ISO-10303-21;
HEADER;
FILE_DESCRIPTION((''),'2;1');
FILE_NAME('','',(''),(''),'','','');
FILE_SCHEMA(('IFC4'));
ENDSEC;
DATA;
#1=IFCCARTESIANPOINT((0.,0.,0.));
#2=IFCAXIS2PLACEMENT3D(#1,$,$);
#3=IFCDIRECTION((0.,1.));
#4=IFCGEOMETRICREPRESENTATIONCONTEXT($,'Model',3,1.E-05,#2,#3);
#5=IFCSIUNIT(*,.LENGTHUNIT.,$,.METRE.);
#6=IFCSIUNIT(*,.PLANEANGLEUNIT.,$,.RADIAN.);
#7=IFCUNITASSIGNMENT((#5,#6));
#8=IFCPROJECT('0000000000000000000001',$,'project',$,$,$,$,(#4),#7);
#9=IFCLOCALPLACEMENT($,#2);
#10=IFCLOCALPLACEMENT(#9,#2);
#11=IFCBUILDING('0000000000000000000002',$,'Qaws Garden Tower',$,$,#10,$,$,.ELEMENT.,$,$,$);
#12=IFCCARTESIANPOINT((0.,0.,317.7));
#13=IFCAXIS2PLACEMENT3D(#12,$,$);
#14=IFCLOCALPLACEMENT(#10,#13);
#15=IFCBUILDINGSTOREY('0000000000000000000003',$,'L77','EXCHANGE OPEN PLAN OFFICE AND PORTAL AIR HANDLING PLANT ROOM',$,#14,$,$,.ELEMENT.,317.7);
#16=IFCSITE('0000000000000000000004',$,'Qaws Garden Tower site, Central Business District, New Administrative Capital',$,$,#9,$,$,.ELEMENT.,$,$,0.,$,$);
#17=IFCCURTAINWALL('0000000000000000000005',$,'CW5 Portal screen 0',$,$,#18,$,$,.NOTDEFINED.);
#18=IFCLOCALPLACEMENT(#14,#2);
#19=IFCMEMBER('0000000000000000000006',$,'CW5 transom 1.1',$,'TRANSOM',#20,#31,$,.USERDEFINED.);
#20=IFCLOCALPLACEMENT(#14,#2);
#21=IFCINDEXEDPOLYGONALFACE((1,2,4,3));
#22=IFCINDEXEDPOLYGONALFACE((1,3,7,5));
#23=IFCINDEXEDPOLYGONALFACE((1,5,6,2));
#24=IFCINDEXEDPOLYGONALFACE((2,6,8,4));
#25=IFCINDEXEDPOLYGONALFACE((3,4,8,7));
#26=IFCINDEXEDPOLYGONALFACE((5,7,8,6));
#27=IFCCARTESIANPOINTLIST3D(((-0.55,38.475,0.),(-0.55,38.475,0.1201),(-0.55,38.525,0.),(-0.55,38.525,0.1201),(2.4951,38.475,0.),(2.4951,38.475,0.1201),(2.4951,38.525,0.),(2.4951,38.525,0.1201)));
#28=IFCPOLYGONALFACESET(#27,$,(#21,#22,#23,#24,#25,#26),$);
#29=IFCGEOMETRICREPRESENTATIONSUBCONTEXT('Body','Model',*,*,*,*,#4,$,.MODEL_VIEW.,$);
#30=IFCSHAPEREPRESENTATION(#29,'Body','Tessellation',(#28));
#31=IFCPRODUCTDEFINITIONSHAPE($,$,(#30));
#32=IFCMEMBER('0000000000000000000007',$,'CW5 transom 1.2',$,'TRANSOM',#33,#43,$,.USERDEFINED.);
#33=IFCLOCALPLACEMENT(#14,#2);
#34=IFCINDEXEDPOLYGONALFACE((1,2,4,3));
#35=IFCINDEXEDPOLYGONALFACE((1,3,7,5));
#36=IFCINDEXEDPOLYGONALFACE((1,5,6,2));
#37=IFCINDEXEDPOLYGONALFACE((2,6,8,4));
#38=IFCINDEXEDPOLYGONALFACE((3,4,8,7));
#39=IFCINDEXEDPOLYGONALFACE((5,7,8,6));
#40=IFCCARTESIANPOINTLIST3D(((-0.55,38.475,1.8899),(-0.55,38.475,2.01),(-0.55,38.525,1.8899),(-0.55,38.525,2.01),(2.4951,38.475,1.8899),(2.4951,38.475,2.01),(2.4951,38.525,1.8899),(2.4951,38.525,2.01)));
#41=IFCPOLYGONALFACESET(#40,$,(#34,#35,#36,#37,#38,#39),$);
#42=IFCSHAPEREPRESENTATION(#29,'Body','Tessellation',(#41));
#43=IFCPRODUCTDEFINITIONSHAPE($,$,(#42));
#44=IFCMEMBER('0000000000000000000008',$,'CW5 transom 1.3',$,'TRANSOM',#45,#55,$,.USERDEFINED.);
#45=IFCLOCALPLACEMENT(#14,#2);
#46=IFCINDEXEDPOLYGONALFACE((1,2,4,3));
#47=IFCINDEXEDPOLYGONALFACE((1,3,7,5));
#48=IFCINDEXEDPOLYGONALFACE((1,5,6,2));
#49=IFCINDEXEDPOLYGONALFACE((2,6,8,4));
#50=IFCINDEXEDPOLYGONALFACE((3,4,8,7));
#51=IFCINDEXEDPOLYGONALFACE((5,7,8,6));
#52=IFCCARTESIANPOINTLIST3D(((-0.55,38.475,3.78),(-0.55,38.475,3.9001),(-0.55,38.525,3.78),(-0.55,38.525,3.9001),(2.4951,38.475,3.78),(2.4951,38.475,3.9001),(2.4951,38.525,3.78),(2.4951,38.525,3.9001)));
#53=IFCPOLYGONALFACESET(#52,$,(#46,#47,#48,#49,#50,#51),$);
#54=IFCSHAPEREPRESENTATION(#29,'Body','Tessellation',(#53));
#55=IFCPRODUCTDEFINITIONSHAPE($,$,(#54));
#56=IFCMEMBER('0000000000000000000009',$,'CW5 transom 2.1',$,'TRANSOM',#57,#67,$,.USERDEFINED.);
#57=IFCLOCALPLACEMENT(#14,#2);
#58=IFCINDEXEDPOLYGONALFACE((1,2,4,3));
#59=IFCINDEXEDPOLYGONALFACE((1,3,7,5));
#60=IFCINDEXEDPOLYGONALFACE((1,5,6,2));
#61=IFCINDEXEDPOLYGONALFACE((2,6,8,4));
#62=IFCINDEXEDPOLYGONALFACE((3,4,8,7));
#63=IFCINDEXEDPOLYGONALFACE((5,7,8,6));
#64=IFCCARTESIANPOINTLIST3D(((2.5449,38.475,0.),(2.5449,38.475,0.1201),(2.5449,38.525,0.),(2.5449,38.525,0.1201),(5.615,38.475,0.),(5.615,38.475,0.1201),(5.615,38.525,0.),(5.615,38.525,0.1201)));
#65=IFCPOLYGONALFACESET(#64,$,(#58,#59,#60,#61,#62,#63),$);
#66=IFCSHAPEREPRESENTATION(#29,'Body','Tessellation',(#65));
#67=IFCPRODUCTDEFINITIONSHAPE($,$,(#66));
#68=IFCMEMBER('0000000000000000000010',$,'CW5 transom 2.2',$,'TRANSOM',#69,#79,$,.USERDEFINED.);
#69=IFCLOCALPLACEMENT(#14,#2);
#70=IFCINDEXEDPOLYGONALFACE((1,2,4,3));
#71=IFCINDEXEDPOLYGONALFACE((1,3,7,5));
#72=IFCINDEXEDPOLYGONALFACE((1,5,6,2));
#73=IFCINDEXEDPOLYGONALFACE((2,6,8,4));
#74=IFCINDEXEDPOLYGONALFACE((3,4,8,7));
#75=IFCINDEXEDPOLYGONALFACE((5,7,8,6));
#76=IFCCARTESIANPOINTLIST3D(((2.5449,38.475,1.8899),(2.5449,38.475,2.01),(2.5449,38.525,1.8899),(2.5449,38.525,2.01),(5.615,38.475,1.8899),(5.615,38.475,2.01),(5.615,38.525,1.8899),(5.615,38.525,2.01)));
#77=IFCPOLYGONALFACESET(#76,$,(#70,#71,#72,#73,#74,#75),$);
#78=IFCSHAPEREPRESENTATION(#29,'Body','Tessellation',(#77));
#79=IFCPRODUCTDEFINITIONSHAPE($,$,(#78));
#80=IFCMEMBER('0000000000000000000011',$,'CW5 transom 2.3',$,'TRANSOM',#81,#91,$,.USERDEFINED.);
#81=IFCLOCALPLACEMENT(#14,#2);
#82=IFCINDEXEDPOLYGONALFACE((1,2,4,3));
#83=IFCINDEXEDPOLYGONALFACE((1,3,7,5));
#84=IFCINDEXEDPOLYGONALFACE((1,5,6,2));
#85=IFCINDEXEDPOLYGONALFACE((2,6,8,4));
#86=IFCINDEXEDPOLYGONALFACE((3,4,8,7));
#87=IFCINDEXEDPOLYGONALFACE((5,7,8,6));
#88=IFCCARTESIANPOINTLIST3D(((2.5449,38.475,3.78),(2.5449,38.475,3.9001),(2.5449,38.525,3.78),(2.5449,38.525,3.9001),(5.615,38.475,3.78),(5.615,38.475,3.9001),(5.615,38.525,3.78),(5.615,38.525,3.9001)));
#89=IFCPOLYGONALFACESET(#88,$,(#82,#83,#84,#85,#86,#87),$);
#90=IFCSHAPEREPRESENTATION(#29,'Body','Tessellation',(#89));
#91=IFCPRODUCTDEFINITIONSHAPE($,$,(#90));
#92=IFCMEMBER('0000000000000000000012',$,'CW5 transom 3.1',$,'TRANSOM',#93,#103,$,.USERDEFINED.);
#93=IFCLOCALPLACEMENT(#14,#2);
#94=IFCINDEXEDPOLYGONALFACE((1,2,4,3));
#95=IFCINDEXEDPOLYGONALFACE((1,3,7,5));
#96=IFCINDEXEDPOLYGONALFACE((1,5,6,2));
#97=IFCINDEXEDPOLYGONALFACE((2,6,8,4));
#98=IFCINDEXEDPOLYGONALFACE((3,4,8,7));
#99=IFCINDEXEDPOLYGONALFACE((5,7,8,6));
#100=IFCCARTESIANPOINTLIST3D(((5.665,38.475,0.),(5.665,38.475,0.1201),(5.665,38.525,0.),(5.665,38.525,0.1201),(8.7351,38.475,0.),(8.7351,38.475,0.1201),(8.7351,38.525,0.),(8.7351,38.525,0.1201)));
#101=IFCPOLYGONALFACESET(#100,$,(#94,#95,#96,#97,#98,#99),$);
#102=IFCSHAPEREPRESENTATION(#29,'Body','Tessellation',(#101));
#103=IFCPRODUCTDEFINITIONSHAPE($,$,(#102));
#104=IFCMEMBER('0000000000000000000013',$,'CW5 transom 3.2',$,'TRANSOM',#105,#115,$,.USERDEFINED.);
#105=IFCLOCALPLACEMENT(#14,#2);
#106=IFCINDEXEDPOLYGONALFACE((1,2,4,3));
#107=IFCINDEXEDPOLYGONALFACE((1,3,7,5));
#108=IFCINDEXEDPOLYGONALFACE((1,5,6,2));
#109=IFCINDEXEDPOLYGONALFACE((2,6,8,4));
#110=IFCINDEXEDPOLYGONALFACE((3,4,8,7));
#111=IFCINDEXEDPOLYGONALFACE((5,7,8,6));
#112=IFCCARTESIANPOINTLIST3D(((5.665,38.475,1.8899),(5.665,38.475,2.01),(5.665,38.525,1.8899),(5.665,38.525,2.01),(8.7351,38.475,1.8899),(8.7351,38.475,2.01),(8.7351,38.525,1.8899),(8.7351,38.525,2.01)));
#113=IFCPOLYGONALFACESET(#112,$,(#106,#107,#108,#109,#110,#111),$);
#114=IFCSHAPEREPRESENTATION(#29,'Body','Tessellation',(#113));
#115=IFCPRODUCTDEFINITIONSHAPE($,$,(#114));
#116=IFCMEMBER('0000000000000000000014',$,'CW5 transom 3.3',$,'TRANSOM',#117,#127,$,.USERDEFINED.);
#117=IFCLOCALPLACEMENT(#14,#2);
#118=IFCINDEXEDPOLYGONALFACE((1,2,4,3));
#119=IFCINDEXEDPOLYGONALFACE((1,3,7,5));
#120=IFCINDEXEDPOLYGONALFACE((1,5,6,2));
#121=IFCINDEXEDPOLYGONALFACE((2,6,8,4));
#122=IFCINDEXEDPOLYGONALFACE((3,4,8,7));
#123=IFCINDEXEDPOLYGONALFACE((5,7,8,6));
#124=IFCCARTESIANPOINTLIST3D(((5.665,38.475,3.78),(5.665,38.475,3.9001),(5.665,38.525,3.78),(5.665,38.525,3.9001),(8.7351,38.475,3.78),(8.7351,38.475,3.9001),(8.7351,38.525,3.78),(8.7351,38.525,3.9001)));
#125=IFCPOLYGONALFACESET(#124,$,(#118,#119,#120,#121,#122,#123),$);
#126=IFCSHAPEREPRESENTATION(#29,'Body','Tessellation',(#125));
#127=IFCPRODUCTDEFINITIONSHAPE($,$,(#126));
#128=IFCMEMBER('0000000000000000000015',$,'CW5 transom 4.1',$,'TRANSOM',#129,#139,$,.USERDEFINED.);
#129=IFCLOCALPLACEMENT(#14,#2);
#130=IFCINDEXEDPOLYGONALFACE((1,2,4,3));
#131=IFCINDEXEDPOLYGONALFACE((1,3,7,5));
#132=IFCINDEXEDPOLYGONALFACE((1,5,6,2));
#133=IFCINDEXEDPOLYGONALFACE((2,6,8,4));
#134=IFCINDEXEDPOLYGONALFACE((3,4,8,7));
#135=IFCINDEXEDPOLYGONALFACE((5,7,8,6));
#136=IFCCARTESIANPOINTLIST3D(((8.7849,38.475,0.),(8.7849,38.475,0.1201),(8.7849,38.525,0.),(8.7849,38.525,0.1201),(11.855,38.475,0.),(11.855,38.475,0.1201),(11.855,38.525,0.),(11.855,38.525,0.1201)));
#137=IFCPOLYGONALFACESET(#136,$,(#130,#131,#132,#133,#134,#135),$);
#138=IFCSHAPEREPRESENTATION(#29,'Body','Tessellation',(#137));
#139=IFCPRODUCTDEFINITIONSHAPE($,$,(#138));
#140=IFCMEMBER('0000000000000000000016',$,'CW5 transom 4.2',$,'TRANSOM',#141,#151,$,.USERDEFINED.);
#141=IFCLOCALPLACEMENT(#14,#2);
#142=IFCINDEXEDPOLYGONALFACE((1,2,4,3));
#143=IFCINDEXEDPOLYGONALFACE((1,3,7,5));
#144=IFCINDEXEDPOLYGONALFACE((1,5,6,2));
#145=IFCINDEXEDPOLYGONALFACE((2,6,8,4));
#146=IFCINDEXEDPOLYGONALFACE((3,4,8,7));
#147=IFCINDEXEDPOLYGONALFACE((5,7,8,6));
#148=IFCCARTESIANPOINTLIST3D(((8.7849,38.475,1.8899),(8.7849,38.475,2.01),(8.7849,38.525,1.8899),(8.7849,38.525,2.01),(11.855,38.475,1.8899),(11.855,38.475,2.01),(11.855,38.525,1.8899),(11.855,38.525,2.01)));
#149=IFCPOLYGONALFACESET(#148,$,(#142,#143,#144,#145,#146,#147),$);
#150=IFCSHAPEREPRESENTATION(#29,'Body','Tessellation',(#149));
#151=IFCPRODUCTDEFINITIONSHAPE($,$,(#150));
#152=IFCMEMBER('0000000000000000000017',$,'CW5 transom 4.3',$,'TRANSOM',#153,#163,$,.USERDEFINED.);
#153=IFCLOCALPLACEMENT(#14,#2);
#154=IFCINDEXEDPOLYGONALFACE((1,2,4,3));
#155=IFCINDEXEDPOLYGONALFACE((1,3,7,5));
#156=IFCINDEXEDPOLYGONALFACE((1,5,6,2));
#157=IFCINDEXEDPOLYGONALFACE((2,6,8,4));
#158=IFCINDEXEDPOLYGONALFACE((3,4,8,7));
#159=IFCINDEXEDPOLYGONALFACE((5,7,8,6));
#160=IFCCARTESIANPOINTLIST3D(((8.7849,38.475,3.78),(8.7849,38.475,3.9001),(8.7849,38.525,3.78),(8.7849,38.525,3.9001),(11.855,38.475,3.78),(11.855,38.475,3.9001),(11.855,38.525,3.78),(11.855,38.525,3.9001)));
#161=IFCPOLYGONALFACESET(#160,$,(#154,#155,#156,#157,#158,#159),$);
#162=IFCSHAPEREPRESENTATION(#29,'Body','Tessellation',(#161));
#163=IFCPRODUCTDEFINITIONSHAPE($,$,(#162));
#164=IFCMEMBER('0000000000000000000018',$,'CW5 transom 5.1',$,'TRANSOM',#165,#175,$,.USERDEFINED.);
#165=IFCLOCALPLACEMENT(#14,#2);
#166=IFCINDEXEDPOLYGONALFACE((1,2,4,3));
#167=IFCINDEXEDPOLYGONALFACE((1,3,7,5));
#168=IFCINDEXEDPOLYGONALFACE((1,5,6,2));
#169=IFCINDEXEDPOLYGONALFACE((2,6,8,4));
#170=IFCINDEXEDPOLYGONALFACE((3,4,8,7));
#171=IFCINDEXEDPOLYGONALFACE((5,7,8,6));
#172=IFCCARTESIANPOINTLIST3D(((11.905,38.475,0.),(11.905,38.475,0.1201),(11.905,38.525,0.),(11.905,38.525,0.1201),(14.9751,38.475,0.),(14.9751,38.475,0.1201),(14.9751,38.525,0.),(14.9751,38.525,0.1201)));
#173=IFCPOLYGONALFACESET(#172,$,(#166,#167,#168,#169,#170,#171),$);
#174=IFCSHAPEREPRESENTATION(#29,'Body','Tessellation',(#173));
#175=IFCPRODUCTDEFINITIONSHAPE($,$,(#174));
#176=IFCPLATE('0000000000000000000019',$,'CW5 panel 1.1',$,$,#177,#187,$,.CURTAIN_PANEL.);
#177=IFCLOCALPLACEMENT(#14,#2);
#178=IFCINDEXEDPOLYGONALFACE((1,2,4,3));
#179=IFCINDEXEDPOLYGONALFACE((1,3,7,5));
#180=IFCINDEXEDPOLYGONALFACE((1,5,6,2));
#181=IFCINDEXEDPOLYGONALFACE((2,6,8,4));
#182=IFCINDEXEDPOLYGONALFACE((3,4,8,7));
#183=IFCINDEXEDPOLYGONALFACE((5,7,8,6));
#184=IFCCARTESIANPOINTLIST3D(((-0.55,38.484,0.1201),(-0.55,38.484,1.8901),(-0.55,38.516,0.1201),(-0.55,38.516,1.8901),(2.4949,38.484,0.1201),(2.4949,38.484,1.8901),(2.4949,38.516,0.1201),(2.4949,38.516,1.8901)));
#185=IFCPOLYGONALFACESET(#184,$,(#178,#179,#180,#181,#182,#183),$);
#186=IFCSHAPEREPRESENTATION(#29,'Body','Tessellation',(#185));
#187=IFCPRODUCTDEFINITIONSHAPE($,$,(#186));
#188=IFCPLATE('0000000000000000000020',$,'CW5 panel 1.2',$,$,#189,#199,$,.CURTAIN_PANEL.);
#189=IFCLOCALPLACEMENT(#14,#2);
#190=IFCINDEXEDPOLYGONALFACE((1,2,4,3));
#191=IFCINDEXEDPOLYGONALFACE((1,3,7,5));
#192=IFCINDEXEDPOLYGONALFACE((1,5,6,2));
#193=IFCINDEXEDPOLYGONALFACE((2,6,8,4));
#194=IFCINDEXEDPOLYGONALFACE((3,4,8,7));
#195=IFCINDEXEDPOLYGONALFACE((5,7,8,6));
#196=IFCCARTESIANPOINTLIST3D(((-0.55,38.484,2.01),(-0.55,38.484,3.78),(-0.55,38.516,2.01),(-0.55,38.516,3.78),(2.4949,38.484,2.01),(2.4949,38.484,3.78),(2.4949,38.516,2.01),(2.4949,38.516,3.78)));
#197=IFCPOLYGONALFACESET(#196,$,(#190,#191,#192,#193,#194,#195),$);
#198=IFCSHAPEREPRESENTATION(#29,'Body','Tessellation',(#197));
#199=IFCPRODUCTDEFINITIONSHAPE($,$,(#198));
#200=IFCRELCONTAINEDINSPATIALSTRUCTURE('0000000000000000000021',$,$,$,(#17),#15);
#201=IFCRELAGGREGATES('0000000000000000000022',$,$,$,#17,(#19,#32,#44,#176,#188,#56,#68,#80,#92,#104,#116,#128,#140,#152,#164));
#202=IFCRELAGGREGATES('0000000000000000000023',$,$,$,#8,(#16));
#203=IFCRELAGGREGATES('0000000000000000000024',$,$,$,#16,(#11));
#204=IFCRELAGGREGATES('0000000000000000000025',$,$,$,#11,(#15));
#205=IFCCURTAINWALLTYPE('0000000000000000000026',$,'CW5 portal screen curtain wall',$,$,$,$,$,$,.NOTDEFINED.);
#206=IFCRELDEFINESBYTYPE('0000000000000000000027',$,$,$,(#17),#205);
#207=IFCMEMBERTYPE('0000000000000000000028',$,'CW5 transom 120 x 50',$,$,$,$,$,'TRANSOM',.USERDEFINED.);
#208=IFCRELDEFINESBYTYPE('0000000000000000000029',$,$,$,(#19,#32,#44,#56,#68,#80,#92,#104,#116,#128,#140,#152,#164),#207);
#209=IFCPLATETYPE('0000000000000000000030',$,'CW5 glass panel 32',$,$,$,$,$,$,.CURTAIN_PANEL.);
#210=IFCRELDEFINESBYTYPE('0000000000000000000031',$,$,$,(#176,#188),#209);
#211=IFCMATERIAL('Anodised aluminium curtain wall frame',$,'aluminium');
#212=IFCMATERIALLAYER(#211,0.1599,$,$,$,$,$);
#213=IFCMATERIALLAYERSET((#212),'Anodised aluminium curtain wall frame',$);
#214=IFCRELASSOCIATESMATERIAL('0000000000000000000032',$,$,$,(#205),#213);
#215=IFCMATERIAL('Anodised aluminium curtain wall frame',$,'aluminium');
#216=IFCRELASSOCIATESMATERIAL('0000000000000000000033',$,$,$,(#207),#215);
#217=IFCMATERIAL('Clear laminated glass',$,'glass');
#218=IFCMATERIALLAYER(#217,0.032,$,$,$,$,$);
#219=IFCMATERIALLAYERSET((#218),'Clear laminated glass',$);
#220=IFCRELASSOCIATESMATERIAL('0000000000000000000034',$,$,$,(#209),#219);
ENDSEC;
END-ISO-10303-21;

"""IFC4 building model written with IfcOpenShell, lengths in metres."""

from ifc_helpers import new_model, si_unit, direction, frame, origin, origin_2d, place, context, subcontext, project, spatial, rectangle, extrude, material, layer, layer_set, material_profile, profile_set, type_object, element, aggregate, save


model = new_model("IFC4")

# Units and contexts
model_context = context("Model", 3, precision=1e-05, world=origin(), true_north=direction((0.0, 1.0)))
body_context = subcontext(model_context, "Body", "Model", "MODEL_VIEW")
ifc_project = project(units=[si_unit("LENGTHUNIT", "METRE"), si_unit("PLANEANGLEUNIT", "RADIAN")], contexts=[model_context])

# Site, building, storey
site_placement = place(None, origin())
site = spatial("IfcSite", under=ifc_project, at=site_placement, Name="Qaws Garden Tower site, Central Business District, New Administrative Capital", CompositionType="ELEMENT", RefElevation=0.0)
building_placement = place(site_placement, origin())
building = spatial("IfcBuilding", under=site, at=building_placement, Name="Qaws Garden Tower", CompositionType="ELEMENT")
storey_placement = place(building_placement, frame((0.0, 0.0, 317.7)))
storey = spatial("IfcBuildingStorey", under=building, at=storey_placement, Name="L77", Description="EXCHANGE OPEN PLAN OFFICE AND PORTAL AIR HANDLING PLANT ROOM", CompositionType="ELEMENT", Elevation=317.7)

# Curtain wall, members, plates
ifc_material_1 = material(Name="Anodised aluminium curtain wall frame", Category="aluminium")
ifc_layer_1 = layer(ifc_material_1, 0.1599)
ifc_layer_set_1 = layer_set([ifc_layer_1], Name="Anodised aluminium curtain wall frame")
curtain_wall_type = type_object("IfcCurtainWallType", Name="CW5 portal screen curtain wall", PredefinedType="NOTDEFINED", material=ifc_layer_set_1)
curtain_wall_placement = place(storey_placement, origin())
curtain_wall = element("IfcCurtainWall", 1, at=curtain_wall_placement, inside=storey, type_object=curtain_wall_type, Name="CW5 Portal screen 0", PredefinedType="NOTDEFINED")
ifc_material_2 = material(Name="Anodised aluminium curtain wall frame", Category="aluminium")
ifc_material_profile = material_profile(ifc_material_2, rectangle(XDim=0.05, YDim=0.1201, at=origin_2d()), Name="AL 50x120")
ifc_profile_set = profile_set([ifc_material_profile], Name="Anodised aluminium curtain wall frame")
member_type = type_object("IfcMemberType", Name="CW5 transom 120 x 50", ElementType="TRANSOM", PredefinedType="USERDEFINED", material=ifc_profile_set)
member_1_placement = place(storey_placement, frame((-0.55, 38.5, 0.0601), z_axis=(1.0, 0.0, 0.0), x_axis=(0.0, 1.0, 0.0)))
member_1 = element("IfcMember", 2, at=member_1_placement, type_object=member_type, Name="CW5 transom 1.1", ObjectType="TRANSOM", PredefinedType="USERDEFINED", context=body_context, shape_type="SweptSolid", body=[
    extrude(rectangle(XDim=0.05, YDim=0.1201, at=origin_2d()), origin(), (0.0, 0.0, 1.0), 3.0452),
])
member_2_placement = place(storey_placement, frame((-0.55, 38.5, 1.95), z_axis=(1.0, 0.0, 0.0), x_axis=(0.0, 1.0, 0.0)))
member_2 = element("IfcMember", 3, at=member_2_placement, type_object=member_type, Name="CW5 transom 1.2", ObjectType="TRANSOM", PredefinedType="USERDEFINED", context=body_context, shape_type="SweptSolid", body=[
    extrude(rectangle(XDim=0.05, YDim=0.1201, at=origin_2d()), origin(), (0.0, 0.0, 1.0), 3.0452),
])
member_3_placement = place(storey_placement, frame((-0.55, 38.5, 3.8401), z_axis=(1.0, 0.0, 0.0), x_axis=(0.0, 1.0, 0.0)))
member_3 = element("IfcMember", 4, at=member_3_placement, type_object=member_type, Name="CW5 transom 1.3", ObjectType="TRANSOM", PredefinedType="USERDEFINED", context=body_context, shape_type="SweptSolid", body=[
    extrude(rectangle(XDim=0.05, YDim=0.1201, at=origin_2d()), origin(), (0.0, 0.0, 1.0), 3.0452),
])
member_4_placement = place(storey_placement, frame((2.5449, 38.5, 0.0601), z_axis=(1.0, 0.0, 0.0), x_axis=(0.0, 1.0, 0.0)))
member_4 = element("IfcMember", 5, at=member_4_placement, type_object=member_type, Name="CW5 transom 2.1", ObjectType="TRANSOM", PredefinedType="USERDEFINED", context=body_context, shape_type="SweptSolid", body=[
    extrude(rectangle(XDim=0.05, YDim=0.1201, at=origin_2d()), origin(), (0.0, 0.0, 1.0), 3.0701),
])
member_5_placement = place(storey_placement, frame((2.5449, 38.5, 1.95), z_axis=(1.0, 0.0, 0.0), x_axis=(0.0, 1.0, 0.0)))
member_5 = element("IfcMember", 6, at=member_5_placement, type_object=member_type, Name="CW5 transom 2.2", ObjectType="TRANSOM", PredefinedType="USERDEFINED", context=body_context, shape_type="SweptSolid", body=[
    extrude(rectangle(XDim=0.05, YDim=0.1201, at=origin_2d()), origin(), (0.0, 0.0, 1.0), 3.0701),
])
member_6_placement = place(storey_placement, frame((2.5449, 38.5, 3.8401), z_axis=(1.0, 0.0, 0.0), x_axis=(0.0, 1.0, 0.0)))
member_6 = element("IfcMember", 7, at=member_6_placement, type_object=member_type, Name="CW5 transom 2.3", ObjectType="TRANSOM", PredefinedType="USERDEFINED", context=body_context, shape_type="SweptSolid", body=[
    extrude(rectangle(XDim=0.05, YDim=0.1201, at=origin_2d()), origin(), (0.0, 0.0, 1.0), 3.0701),
])
member_7_placement = place(storey_placement, frame((5.665, 38.5, 0.0601), z_axis=(1.0, 0.0, 0.0), x_axis=(0.0, 1.0, 0.0)))
member_7 = element("IfcMember", 8, at=member_7_placement, type_object=member_type, Name="CW5 transom 3.1", ObjectType="TRANSOM", PredefinedType="USERDEFINED", context=body_context, shape_type="SweptSolid", body=[
    extrude(rectangle(XDim=0.05, YDim=0.1201, at=origin_2d()), origin(), (0.0, 0.0, 1.0), 3.0701),
])
member_8_placement = place(storey_placement, frame((5.665, 38.5, 1.95), z_axis=(1.0, 0.0, 0.0), x_axis=(0.0, 1.0, 0.0)))
member_8 = element("IfcMember", 9, at=member_8_placement, type_object=member_type, Name="CW5 transom 3.2", ObjectType="TRANSOM", PredefinedType="USERDEFINED", context=body_context, shape_type="SweptSolid", body=[
    extrude(rectangle(XDim=0.05, YDim=0.1201, at=origin_2d()), origin(), (0.0, 0.0, 1.0), 3.0701),
])
member_9_placement = place(storey_placement, frame((5.665, 38.5, 3.8401), z_axis=(1.0, 0.0, 0.0), x_axis=(0.0, 1.0, 0.0)))
member_9 = element("IfcMember", 10, at=member_9_placement, type_object=member_type, Name="CW5 transom 3.3", ObjectType="TRANSOM", PredefinedType="USERDEFINED", context=body_context, shape_type="SweptSolid", body=[
    extrude(rectangle(XDim=0.05, YDim=0.1201, at=origin_2d()), origin(), (0.0, 0.0, 1.0), 3.0701),
])
member_10_placement = place(storey_placement, frame((8.7849, 38.5, 0.0601), z_axis=(1.0, 0.0, 0.0), x_axis=(0.0, 1.0, 0.0)))
member_10 = element("IfcMember", 11, at=member_10_placement, type_object=member_type, Name="CW5 transom 4.1", ObjectType="TRANSOM", PredefinedType="USERDEFINED", context=body_context, shape_type="SweptSolid", body=[
    extrude(rectangle(XDim=0.05, YDim=0.1201, at=origin_2d()), origin(), (0.0, 0.0, 1.0), 3.0701),
])
member_11_placement = place(storey_placement, frame((8.7849, 38.5, 1.95), z_axis=(1.0, 0.0, 0.0), x_axis=(0.0, 1.0, 0.0)))
member_11 = element("IfcMember", 12, at=member_11_placement, type_object=member_type, Name="CW5 transom 4.2", ObjectType="TRANSOM", PredefinedType="USERDEFINED", context=body_context, shape_type="SweptSolid", body=[
    extrude(rectangle(XDim=0.05, YDim=0.1201, at=origin_2d()), origin(), (0.0, 0.0, 1.0), 3.0701),
])
member_12_placement = place(storey_placement, frame((8.7849, 38.5, 3.8401), z_axis=(1.0, 0.0, 0.0), x_axis=(0.0, 1.0, 0.0)))
member_12 = element("IfcMember", 13, at=member_12_placement, type_object=member_type, Name="CW5 transom 4.3", ObjectType="TRANSOM", PredefinedType="USERDEFINED", context=body_context, shape_type="SweptSolid", body=[
    extrude(rectangle(XDim=0.05, YDim=0.1201, at=origin_2d()), origin(), (0.0, 0.0, 1.0), 3.0701),
])
member_13_placement = place(storey_placement, frame((11.905, 38.5, 0.0601), z_axis=(1.0, 0.0, 0.0), x_axis=(0.0, 1.0, 0.0)))
member_13 = element("IfcMember", 14, at=member_13_placement, type_object=member_type, Name="CW5 transom 5.1", ObjectType="TRANSOM", PredefinedType="USERDEFINED", context=body_context, shape_type="SweptSolid", body=[
    extrude(rectangle(XDim=0.05, YDim=0.1201, at=origin_2d()), origin(), (0.0, 0.0, 1.0), 3.0701),
])
ifc_material_3 = material(Name="Clear laminated glass", Category="glass")
ifc_layer_2 = layer(ifc_material_3, 0.032)
ifc_layer_set_2 = layer_set([ifc_layer_2], Name="Clear laminated glass")
plate_type = type_object("IfcPlateType", Name="CW5 glass panel 32", PredefinedType="CURTAIN_PANEL", material=ifc_layer_set_2)
plate_1_placement = place(storey_placement, frame((0.9724, 38.5, 0.1201), z_axis=(0.0, 0.0, 1.0), x_axis=(1.0, 0.0, 0.0)))
plate_1 = element("IfcPlate", 15, at=plate_1_placement, type_object=plate_type, Name="CW5 panel 1.1", PredefinedType="CURTAIN_PANEL", context=body_context, shape_type="SweptSolid", body=[
    extrude(rectangle(XDim=3.0449, YDim=0.032, at=origin_2d()), origin(), (0.0, 0.0, 1.0), 1.77),
])
plate_2_placement = place(storey_placement, frame((0.9724, 38.5, 2.01), z_axis=(0.0, 0.0, 1.0), x_axis=(1.0, 0.0, 0.0)))
plate_2 = element("IfcPlate", 16, at=plate_2_placement, type_object=plate_type, Name="CW5 panel 1.2", PredefinedType="CURTAIN_PANEL", context=body_context, shape_type="SweptSolid", body=[
    extrude(rectangle(XDim=3.0449, YDim=0.032, at=origin_2d()), origin(), (0.0, 0.0, 1.0), 1.77),
])
aggregate(curtain_wall, [member_1, member_2, member_3, plate_1, plate_2, member_4, member_5, member_6, member_7, member_8, member_9, member_10, member_11, member_12, member_13])

save(model, "model.ifc")
